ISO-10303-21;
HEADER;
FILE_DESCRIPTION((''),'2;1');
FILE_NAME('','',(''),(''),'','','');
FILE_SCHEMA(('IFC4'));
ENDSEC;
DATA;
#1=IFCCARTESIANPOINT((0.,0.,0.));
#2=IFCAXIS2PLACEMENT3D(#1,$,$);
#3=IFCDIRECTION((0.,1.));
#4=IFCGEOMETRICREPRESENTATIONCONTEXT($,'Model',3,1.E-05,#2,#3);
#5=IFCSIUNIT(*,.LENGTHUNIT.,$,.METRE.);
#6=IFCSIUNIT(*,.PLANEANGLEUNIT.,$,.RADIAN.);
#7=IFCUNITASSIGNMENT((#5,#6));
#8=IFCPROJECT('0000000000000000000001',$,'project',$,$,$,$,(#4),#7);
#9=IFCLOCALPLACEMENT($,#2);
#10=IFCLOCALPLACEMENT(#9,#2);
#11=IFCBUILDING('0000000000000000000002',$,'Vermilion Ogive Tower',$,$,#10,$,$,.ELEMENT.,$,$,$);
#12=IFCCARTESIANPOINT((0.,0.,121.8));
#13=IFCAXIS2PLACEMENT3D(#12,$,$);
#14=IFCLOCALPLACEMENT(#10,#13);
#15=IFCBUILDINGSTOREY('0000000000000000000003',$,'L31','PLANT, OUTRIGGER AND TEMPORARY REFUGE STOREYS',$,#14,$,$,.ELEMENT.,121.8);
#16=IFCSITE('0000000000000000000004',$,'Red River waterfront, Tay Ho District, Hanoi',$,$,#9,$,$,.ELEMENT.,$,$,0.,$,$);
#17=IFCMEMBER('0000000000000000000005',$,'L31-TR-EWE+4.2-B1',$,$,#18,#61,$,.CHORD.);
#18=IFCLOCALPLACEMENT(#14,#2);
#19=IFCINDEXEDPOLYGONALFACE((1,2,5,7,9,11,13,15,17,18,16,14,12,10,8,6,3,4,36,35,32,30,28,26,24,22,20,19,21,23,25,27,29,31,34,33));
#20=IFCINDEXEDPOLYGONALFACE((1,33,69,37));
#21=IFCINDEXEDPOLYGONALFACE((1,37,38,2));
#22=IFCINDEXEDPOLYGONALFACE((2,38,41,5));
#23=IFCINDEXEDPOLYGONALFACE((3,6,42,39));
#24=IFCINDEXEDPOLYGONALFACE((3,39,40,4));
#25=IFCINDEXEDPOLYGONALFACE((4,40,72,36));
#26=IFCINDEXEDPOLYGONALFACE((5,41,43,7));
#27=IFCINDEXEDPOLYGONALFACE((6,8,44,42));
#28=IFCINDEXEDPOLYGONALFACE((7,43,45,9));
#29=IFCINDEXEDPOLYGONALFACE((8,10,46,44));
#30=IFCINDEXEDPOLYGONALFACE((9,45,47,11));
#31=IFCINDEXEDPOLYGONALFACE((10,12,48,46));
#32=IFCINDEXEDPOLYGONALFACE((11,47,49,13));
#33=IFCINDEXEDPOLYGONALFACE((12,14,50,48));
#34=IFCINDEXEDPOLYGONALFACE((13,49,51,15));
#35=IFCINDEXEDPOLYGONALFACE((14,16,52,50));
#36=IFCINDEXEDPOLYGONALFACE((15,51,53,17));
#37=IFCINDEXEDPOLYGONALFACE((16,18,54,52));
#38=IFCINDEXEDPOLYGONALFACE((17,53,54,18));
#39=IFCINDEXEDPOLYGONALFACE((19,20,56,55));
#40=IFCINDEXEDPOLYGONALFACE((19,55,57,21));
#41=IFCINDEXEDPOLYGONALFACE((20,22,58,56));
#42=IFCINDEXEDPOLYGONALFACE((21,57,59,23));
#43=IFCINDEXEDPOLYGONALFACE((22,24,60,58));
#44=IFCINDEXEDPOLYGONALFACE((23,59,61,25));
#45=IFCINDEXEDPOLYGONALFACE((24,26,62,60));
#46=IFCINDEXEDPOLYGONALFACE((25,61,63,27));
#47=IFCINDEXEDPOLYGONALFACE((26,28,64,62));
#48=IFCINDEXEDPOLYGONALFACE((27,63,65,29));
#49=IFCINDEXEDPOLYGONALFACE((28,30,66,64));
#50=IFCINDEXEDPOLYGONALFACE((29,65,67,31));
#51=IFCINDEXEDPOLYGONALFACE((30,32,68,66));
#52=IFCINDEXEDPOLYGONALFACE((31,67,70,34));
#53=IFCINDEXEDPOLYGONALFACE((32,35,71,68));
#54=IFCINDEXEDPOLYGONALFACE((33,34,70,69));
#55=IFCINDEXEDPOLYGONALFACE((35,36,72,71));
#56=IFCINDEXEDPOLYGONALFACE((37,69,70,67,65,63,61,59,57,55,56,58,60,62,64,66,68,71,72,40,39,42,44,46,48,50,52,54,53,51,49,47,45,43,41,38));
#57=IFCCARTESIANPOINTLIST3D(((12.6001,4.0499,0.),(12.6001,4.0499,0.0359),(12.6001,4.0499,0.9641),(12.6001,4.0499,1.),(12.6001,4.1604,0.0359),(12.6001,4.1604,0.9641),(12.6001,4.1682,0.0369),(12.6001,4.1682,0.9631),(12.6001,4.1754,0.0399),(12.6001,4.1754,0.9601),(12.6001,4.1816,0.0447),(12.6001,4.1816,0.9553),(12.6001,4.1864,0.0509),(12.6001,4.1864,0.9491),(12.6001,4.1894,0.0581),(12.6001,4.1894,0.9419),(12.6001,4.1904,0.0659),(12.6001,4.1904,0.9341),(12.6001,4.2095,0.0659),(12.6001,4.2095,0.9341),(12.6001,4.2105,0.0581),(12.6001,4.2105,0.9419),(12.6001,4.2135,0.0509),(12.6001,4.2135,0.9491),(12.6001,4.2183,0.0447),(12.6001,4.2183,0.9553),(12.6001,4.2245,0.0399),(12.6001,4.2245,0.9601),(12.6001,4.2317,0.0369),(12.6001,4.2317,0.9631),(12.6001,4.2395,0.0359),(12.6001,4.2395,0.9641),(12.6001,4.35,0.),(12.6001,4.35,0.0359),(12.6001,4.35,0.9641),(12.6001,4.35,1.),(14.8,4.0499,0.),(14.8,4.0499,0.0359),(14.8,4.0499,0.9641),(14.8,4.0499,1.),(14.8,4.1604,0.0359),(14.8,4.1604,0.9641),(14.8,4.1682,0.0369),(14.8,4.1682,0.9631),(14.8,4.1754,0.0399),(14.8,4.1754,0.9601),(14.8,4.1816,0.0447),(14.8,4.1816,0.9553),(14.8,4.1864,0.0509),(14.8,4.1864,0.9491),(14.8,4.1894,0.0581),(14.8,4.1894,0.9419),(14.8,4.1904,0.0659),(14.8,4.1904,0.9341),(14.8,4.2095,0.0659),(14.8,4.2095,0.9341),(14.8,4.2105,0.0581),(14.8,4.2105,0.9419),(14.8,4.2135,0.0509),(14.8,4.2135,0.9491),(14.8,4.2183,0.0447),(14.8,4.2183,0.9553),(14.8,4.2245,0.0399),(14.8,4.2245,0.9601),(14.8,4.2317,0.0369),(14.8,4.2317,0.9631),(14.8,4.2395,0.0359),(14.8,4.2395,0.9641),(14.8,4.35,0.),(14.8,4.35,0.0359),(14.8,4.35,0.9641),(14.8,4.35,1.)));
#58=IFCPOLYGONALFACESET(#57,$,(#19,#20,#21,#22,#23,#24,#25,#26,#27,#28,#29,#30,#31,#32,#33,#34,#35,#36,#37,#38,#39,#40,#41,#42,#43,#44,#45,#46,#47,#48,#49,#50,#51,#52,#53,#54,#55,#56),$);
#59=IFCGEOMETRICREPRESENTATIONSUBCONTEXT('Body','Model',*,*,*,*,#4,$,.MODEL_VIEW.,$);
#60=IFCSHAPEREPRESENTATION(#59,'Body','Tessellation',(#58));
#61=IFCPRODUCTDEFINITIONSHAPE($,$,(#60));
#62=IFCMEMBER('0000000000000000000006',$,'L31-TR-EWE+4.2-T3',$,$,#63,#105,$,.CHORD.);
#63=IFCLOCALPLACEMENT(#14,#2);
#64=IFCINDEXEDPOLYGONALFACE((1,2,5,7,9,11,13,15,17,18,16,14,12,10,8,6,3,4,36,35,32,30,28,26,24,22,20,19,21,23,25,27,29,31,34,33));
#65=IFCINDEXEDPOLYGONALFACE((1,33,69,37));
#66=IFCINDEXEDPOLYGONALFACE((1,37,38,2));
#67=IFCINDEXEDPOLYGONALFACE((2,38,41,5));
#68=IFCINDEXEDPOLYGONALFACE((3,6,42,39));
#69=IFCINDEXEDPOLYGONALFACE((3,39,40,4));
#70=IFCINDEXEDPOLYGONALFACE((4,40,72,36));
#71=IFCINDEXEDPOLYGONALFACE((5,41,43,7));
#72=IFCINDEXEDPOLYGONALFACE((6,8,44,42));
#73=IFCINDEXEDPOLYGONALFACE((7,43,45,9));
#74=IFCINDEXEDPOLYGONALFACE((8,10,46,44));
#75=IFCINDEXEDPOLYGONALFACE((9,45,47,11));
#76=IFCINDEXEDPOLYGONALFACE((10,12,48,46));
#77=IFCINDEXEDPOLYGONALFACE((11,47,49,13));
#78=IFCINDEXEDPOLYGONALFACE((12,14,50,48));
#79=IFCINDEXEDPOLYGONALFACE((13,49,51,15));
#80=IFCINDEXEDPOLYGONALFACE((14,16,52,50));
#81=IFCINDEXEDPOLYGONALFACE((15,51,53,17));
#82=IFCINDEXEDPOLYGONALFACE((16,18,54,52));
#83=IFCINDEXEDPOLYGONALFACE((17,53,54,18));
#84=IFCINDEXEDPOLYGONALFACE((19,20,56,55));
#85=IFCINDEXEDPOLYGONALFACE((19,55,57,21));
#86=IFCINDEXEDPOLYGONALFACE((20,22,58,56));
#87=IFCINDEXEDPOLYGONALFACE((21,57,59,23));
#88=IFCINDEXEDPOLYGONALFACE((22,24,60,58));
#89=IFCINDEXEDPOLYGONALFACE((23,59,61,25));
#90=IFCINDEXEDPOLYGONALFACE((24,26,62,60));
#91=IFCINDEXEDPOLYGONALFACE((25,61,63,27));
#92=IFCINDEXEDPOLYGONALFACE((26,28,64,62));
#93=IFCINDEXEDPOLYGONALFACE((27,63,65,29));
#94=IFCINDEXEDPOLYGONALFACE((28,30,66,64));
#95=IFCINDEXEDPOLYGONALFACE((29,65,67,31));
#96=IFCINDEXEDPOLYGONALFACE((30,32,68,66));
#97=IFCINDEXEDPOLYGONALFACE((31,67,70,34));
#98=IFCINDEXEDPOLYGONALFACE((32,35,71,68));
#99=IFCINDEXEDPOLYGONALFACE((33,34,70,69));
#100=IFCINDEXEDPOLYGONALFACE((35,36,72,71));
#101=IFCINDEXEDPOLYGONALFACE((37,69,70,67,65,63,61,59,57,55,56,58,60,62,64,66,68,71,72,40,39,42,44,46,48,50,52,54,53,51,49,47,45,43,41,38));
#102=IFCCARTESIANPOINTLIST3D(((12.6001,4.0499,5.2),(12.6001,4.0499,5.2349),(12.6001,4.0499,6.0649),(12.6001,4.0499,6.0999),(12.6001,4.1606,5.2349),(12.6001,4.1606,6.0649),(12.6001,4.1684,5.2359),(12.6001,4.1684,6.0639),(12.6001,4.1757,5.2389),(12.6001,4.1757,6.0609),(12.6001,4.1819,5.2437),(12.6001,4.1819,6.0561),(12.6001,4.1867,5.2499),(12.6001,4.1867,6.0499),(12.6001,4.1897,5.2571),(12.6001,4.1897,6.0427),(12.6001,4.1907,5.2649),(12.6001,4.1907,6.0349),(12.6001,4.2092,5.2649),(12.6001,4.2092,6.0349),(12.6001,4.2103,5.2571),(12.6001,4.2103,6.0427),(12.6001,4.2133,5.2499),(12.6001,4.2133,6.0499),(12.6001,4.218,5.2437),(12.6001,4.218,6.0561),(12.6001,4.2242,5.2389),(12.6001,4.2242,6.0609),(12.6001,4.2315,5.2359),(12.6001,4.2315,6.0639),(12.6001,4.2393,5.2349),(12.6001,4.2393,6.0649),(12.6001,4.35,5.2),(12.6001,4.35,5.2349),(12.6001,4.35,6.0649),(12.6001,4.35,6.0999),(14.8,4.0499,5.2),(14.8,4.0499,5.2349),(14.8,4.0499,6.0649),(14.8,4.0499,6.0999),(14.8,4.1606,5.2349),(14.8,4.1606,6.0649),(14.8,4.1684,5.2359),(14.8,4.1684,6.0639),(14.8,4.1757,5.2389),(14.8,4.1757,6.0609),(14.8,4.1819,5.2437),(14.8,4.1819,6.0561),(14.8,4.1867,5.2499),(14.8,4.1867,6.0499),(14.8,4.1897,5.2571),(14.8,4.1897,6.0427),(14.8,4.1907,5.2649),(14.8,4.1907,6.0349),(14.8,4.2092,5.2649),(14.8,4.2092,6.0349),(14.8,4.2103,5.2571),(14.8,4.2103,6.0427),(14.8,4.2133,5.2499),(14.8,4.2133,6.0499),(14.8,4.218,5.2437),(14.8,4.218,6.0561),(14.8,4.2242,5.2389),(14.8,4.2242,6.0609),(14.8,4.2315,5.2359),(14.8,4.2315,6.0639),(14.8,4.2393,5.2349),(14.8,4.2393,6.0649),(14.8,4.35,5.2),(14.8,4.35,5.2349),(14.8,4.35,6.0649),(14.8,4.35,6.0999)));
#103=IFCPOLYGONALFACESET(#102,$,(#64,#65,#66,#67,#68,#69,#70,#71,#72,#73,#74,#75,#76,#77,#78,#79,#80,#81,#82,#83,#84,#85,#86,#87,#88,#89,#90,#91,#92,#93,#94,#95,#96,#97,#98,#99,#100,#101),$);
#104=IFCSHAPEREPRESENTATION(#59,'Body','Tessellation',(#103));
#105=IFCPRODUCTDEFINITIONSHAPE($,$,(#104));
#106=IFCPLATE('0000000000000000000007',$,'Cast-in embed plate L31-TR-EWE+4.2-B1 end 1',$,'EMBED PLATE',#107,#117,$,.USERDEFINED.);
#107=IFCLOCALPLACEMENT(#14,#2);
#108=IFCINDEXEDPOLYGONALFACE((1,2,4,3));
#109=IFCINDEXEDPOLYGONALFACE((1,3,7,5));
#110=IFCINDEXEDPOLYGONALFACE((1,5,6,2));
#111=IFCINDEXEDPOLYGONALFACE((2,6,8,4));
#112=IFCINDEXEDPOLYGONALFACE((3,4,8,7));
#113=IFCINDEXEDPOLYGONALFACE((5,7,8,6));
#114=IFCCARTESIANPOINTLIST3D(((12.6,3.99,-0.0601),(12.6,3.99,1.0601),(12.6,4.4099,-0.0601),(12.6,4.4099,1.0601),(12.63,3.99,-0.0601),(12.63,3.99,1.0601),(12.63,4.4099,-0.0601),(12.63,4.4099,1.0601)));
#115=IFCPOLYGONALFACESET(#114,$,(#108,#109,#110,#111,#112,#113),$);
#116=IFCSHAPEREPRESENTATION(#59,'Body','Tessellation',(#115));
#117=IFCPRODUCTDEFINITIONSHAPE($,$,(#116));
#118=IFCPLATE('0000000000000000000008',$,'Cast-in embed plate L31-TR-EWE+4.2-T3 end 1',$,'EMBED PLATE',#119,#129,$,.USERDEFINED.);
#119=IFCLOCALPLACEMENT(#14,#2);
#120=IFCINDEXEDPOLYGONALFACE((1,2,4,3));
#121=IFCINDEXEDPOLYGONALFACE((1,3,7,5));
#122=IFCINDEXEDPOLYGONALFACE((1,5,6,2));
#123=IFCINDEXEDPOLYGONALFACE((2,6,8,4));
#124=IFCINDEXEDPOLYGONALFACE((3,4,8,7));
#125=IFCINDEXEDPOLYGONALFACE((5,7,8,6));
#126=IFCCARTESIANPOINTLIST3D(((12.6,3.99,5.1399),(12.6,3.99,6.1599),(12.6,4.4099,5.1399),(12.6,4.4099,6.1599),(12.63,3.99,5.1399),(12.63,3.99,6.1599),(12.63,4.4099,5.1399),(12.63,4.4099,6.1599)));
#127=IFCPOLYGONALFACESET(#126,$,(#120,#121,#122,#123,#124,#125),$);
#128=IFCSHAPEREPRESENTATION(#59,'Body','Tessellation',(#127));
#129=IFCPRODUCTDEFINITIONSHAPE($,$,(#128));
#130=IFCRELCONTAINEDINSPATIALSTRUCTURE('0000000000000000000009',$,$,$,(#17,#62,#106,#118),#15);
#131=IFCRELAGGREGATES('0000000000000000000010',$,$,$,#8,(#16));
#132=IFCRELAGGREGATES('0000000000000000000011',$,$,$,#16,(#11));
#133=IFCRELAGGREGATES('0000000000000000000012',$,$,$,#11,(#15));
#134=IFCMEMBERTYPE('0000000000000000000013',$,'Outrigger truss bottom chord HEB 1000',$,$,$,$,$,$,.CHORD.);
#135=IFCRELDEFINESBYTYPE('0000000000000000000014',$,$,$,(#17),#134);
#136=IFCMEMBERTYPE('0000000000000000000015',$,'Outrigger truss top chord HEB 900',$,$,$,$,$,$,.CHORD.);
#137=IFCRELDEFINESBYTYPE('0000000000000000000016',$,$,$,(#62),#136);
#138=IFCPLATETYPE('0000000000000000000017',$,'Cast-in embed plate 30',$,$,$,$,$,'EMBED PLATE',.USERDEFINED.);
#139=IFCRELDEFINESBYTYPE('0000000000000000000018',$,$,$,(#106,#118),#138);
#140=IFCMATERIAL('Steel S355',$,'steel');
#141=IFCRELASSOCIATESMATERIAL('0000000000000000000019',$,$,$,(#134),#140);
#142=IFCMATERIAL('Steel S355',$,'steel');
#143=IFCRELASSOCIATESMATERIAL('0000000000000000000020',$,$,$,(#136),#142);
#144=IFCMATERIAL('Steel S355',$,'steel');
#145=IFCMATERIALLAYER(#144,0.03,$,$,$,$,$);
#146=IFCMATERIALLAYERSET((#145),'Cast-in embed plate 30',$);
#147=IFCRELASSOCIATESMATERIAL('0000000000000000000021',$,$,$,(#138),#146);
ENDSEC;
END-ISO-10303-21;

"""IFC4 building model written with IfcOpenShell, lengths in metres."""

from ifc_helpers import new_model, si_unit, direction, frame, origin, origin_2d, place, context, subcontext, project, spatial, rectangle, i_section, extrude, material, layer, layer_set, material_profile, profile_set, type_object, element, save


model = new_model("IFC4")

# Units and contexts
model_context = context("Model", 3, precision=1e-05, world=origin(), true_north=direction((0.0, 1.0)))
body_context = subcontext(model_context, "Body", "Model", "MODEL_VIEW")
ifc_project = project(units=[si_unit("LENGTHUNIT", "METRE"), si_unit("PLANEANGLEUNIT", "RADIAN")], contexts=[model_context])

# Site, building, storey
site_placement = place(None, origin())
site = spatial("IfcSite", under=ifc_project, at=site_placement, Name="Red River waterfront, Tay Ho District, Hanoi", CompositionType="ELEMENT", RefElevation=0.0)
building_placement = place(site_placement, origin())
building = spatial("IfcBuilding", under=site, at=building_placement, Name="Vermilion Ogive Tower", CompositionType="ELEMENT")
storey_placement = place(building_placement, frame((0.0, 0.0, 121.8)))
storey = spatial("IfcBuildingStorey", under=building, at=storey_placement, Name="L31", Description="PLANT, OUTRIGGER AND TEMPORARY REFUGE STOREYS", CompositionType="ELEMENT", Elevation=121.8)

# Members
ifc_material_1 = material(Name="Steel S355", Category="steel")
ifc_material_profile_1 = material_profile(ifc_material_1, i_section(OverallWidth=0.3, OverallDepth=1.0, WebThickness=0.019, FlangeThickness=0.0359, FilletRadius=0.03, at=origin_2d()), Name="HEB 1000")
ifc_profile_set_1 = profile_set([ifc_material_profile_1], Name="Steel S355")
member_type_1 = type_object("IfcMemberType", Name="Outrigger truss bottom chord HEB 1000", PredefinedType="CHORD", material=ifc_profile_set_1)
member_1_placement = place(storey_placement, frame((12.6001, 4.2, 0.5), z_axis=(1.0, 0.0, 0.0), x_axis=(0.0, 1.0, 0.0)))
element("IfcMember", 1, at=member_1_placement, inside=storey, type_object=member_type_1, Name="L31-TR-EWE+4.2-B1", PredefinedType="CHORD", context=body_context, shape_type="SweptSolid", body=[
    extrude(i_section(OverallWidth=0.3, OverallDepth=1.0, WebThickness=0.019, FlangeThickness=0.0359, FilletRadius=0.03, at=origin_2d()), origin(), (0.0, 0.0, 1.0), 2.2),
])
ifc_material_2 = material(Name="Steel S355", Category="steel")
ifc_material_profile_2 = material_profile(ifc_material_2, i_section(OverallWidth=0.3, OverallDepth=0.8999, WebThickness=0.0186, FlangeThickness=0.0349, FilletRadius=0.03, at=origin_2d()), Name="HEB 900")
ifc_profile_set_2 = profile_set([ifc_material_profile_2], Name="Steel S355")
member_type_2 = type_object("IfcMemberType", Name="Outrigger truss top chord HEB 900", PredefinedType="CHORD", material=ifc_profile_set_2)
member_2_placement = place(storey_placement, frame((12.6001, 4.2, 5.6499), z_axis=(1.0, 0.0, 0.0), x_axis=(0.0, 1.0, 0.0)))
element("IfcMember", 2, at=member_2_placement, inside=storey, type_object=member_type_2, Name="L31-TR-EWE+4.2-T3", PredefinedType="CHORD", context=body_context, shape_type="SweptSolid", body=[
    extrude(i_section(OverallWidth=0.3, OverallDepth=0.8999, WebThickness=0.0186, FlangeThickness=0.0349, FilletRadius=0.03, at=origin_2d()), origin(), (0.0, 0.0, 1.0), 2.2),
])

# Plates
ifc_material_3 = material(Name="Steel S355", Category="steel")
ifc_layer_1 = layer(ifc_material_3, 0.03)
ifc_layer_set_1 = layer_set([ifc_layer_1], Name="Cast-in embed plate 30")
plate_type = type_object("IfcPlateType", Name="Cast-in embed plate 30", ElementType="EMBED PLATE", PredefinedType="USERDEFINED", material=ifc_layer_set_1)
plate_1_placement = place(storey_placement, frame((12.615, 4.2, -0.0601), z_axis=(0.0, 0.0, 1.0), x_axis=(1.0, 0.0, 0.0)))
element("IfcPlate", 3, at=plate_1_placement, inside=storey, type_object=plate_type, Name="Cast-in embed plate L31-TR-EWE+4.2-B1 end 1", ObjectType="EMBED PLATE", PredefinedType="USERDEFINED", context=body_context, shape_type="SweptSolid", body=[
    extrude(rectangle(XDim=0.03, YDim=0.4199, at=origin_2d()), origin(), (0.0, 0.0, 1.0), 1.1201),
])
plate_2_placement = place(storey_placement, frame((12.615, 4.2, 5.1399), z_axis=(0.0, 0.0, 1.0), x_axis=(1.0, 0.0, 0.0)))
element("IfcPlate", 4, at=plate_2_placement, inside=storey, type_object=plate_type, Name="Cast-in embed plate L31-TR-EWE+4.2-T3 end 1", ObjectType="EMBED PLATE", PredefinedType="USERDEFINED", context=body_context, shape_type="SweptSolid", body=[
    extrude(rectangle(XDim=0.03, YDim=0.4199, at=origin_2d()), origin(), (0.0, 0.0, 1.0), 1.02),
])

save(model, "model.ifc")
